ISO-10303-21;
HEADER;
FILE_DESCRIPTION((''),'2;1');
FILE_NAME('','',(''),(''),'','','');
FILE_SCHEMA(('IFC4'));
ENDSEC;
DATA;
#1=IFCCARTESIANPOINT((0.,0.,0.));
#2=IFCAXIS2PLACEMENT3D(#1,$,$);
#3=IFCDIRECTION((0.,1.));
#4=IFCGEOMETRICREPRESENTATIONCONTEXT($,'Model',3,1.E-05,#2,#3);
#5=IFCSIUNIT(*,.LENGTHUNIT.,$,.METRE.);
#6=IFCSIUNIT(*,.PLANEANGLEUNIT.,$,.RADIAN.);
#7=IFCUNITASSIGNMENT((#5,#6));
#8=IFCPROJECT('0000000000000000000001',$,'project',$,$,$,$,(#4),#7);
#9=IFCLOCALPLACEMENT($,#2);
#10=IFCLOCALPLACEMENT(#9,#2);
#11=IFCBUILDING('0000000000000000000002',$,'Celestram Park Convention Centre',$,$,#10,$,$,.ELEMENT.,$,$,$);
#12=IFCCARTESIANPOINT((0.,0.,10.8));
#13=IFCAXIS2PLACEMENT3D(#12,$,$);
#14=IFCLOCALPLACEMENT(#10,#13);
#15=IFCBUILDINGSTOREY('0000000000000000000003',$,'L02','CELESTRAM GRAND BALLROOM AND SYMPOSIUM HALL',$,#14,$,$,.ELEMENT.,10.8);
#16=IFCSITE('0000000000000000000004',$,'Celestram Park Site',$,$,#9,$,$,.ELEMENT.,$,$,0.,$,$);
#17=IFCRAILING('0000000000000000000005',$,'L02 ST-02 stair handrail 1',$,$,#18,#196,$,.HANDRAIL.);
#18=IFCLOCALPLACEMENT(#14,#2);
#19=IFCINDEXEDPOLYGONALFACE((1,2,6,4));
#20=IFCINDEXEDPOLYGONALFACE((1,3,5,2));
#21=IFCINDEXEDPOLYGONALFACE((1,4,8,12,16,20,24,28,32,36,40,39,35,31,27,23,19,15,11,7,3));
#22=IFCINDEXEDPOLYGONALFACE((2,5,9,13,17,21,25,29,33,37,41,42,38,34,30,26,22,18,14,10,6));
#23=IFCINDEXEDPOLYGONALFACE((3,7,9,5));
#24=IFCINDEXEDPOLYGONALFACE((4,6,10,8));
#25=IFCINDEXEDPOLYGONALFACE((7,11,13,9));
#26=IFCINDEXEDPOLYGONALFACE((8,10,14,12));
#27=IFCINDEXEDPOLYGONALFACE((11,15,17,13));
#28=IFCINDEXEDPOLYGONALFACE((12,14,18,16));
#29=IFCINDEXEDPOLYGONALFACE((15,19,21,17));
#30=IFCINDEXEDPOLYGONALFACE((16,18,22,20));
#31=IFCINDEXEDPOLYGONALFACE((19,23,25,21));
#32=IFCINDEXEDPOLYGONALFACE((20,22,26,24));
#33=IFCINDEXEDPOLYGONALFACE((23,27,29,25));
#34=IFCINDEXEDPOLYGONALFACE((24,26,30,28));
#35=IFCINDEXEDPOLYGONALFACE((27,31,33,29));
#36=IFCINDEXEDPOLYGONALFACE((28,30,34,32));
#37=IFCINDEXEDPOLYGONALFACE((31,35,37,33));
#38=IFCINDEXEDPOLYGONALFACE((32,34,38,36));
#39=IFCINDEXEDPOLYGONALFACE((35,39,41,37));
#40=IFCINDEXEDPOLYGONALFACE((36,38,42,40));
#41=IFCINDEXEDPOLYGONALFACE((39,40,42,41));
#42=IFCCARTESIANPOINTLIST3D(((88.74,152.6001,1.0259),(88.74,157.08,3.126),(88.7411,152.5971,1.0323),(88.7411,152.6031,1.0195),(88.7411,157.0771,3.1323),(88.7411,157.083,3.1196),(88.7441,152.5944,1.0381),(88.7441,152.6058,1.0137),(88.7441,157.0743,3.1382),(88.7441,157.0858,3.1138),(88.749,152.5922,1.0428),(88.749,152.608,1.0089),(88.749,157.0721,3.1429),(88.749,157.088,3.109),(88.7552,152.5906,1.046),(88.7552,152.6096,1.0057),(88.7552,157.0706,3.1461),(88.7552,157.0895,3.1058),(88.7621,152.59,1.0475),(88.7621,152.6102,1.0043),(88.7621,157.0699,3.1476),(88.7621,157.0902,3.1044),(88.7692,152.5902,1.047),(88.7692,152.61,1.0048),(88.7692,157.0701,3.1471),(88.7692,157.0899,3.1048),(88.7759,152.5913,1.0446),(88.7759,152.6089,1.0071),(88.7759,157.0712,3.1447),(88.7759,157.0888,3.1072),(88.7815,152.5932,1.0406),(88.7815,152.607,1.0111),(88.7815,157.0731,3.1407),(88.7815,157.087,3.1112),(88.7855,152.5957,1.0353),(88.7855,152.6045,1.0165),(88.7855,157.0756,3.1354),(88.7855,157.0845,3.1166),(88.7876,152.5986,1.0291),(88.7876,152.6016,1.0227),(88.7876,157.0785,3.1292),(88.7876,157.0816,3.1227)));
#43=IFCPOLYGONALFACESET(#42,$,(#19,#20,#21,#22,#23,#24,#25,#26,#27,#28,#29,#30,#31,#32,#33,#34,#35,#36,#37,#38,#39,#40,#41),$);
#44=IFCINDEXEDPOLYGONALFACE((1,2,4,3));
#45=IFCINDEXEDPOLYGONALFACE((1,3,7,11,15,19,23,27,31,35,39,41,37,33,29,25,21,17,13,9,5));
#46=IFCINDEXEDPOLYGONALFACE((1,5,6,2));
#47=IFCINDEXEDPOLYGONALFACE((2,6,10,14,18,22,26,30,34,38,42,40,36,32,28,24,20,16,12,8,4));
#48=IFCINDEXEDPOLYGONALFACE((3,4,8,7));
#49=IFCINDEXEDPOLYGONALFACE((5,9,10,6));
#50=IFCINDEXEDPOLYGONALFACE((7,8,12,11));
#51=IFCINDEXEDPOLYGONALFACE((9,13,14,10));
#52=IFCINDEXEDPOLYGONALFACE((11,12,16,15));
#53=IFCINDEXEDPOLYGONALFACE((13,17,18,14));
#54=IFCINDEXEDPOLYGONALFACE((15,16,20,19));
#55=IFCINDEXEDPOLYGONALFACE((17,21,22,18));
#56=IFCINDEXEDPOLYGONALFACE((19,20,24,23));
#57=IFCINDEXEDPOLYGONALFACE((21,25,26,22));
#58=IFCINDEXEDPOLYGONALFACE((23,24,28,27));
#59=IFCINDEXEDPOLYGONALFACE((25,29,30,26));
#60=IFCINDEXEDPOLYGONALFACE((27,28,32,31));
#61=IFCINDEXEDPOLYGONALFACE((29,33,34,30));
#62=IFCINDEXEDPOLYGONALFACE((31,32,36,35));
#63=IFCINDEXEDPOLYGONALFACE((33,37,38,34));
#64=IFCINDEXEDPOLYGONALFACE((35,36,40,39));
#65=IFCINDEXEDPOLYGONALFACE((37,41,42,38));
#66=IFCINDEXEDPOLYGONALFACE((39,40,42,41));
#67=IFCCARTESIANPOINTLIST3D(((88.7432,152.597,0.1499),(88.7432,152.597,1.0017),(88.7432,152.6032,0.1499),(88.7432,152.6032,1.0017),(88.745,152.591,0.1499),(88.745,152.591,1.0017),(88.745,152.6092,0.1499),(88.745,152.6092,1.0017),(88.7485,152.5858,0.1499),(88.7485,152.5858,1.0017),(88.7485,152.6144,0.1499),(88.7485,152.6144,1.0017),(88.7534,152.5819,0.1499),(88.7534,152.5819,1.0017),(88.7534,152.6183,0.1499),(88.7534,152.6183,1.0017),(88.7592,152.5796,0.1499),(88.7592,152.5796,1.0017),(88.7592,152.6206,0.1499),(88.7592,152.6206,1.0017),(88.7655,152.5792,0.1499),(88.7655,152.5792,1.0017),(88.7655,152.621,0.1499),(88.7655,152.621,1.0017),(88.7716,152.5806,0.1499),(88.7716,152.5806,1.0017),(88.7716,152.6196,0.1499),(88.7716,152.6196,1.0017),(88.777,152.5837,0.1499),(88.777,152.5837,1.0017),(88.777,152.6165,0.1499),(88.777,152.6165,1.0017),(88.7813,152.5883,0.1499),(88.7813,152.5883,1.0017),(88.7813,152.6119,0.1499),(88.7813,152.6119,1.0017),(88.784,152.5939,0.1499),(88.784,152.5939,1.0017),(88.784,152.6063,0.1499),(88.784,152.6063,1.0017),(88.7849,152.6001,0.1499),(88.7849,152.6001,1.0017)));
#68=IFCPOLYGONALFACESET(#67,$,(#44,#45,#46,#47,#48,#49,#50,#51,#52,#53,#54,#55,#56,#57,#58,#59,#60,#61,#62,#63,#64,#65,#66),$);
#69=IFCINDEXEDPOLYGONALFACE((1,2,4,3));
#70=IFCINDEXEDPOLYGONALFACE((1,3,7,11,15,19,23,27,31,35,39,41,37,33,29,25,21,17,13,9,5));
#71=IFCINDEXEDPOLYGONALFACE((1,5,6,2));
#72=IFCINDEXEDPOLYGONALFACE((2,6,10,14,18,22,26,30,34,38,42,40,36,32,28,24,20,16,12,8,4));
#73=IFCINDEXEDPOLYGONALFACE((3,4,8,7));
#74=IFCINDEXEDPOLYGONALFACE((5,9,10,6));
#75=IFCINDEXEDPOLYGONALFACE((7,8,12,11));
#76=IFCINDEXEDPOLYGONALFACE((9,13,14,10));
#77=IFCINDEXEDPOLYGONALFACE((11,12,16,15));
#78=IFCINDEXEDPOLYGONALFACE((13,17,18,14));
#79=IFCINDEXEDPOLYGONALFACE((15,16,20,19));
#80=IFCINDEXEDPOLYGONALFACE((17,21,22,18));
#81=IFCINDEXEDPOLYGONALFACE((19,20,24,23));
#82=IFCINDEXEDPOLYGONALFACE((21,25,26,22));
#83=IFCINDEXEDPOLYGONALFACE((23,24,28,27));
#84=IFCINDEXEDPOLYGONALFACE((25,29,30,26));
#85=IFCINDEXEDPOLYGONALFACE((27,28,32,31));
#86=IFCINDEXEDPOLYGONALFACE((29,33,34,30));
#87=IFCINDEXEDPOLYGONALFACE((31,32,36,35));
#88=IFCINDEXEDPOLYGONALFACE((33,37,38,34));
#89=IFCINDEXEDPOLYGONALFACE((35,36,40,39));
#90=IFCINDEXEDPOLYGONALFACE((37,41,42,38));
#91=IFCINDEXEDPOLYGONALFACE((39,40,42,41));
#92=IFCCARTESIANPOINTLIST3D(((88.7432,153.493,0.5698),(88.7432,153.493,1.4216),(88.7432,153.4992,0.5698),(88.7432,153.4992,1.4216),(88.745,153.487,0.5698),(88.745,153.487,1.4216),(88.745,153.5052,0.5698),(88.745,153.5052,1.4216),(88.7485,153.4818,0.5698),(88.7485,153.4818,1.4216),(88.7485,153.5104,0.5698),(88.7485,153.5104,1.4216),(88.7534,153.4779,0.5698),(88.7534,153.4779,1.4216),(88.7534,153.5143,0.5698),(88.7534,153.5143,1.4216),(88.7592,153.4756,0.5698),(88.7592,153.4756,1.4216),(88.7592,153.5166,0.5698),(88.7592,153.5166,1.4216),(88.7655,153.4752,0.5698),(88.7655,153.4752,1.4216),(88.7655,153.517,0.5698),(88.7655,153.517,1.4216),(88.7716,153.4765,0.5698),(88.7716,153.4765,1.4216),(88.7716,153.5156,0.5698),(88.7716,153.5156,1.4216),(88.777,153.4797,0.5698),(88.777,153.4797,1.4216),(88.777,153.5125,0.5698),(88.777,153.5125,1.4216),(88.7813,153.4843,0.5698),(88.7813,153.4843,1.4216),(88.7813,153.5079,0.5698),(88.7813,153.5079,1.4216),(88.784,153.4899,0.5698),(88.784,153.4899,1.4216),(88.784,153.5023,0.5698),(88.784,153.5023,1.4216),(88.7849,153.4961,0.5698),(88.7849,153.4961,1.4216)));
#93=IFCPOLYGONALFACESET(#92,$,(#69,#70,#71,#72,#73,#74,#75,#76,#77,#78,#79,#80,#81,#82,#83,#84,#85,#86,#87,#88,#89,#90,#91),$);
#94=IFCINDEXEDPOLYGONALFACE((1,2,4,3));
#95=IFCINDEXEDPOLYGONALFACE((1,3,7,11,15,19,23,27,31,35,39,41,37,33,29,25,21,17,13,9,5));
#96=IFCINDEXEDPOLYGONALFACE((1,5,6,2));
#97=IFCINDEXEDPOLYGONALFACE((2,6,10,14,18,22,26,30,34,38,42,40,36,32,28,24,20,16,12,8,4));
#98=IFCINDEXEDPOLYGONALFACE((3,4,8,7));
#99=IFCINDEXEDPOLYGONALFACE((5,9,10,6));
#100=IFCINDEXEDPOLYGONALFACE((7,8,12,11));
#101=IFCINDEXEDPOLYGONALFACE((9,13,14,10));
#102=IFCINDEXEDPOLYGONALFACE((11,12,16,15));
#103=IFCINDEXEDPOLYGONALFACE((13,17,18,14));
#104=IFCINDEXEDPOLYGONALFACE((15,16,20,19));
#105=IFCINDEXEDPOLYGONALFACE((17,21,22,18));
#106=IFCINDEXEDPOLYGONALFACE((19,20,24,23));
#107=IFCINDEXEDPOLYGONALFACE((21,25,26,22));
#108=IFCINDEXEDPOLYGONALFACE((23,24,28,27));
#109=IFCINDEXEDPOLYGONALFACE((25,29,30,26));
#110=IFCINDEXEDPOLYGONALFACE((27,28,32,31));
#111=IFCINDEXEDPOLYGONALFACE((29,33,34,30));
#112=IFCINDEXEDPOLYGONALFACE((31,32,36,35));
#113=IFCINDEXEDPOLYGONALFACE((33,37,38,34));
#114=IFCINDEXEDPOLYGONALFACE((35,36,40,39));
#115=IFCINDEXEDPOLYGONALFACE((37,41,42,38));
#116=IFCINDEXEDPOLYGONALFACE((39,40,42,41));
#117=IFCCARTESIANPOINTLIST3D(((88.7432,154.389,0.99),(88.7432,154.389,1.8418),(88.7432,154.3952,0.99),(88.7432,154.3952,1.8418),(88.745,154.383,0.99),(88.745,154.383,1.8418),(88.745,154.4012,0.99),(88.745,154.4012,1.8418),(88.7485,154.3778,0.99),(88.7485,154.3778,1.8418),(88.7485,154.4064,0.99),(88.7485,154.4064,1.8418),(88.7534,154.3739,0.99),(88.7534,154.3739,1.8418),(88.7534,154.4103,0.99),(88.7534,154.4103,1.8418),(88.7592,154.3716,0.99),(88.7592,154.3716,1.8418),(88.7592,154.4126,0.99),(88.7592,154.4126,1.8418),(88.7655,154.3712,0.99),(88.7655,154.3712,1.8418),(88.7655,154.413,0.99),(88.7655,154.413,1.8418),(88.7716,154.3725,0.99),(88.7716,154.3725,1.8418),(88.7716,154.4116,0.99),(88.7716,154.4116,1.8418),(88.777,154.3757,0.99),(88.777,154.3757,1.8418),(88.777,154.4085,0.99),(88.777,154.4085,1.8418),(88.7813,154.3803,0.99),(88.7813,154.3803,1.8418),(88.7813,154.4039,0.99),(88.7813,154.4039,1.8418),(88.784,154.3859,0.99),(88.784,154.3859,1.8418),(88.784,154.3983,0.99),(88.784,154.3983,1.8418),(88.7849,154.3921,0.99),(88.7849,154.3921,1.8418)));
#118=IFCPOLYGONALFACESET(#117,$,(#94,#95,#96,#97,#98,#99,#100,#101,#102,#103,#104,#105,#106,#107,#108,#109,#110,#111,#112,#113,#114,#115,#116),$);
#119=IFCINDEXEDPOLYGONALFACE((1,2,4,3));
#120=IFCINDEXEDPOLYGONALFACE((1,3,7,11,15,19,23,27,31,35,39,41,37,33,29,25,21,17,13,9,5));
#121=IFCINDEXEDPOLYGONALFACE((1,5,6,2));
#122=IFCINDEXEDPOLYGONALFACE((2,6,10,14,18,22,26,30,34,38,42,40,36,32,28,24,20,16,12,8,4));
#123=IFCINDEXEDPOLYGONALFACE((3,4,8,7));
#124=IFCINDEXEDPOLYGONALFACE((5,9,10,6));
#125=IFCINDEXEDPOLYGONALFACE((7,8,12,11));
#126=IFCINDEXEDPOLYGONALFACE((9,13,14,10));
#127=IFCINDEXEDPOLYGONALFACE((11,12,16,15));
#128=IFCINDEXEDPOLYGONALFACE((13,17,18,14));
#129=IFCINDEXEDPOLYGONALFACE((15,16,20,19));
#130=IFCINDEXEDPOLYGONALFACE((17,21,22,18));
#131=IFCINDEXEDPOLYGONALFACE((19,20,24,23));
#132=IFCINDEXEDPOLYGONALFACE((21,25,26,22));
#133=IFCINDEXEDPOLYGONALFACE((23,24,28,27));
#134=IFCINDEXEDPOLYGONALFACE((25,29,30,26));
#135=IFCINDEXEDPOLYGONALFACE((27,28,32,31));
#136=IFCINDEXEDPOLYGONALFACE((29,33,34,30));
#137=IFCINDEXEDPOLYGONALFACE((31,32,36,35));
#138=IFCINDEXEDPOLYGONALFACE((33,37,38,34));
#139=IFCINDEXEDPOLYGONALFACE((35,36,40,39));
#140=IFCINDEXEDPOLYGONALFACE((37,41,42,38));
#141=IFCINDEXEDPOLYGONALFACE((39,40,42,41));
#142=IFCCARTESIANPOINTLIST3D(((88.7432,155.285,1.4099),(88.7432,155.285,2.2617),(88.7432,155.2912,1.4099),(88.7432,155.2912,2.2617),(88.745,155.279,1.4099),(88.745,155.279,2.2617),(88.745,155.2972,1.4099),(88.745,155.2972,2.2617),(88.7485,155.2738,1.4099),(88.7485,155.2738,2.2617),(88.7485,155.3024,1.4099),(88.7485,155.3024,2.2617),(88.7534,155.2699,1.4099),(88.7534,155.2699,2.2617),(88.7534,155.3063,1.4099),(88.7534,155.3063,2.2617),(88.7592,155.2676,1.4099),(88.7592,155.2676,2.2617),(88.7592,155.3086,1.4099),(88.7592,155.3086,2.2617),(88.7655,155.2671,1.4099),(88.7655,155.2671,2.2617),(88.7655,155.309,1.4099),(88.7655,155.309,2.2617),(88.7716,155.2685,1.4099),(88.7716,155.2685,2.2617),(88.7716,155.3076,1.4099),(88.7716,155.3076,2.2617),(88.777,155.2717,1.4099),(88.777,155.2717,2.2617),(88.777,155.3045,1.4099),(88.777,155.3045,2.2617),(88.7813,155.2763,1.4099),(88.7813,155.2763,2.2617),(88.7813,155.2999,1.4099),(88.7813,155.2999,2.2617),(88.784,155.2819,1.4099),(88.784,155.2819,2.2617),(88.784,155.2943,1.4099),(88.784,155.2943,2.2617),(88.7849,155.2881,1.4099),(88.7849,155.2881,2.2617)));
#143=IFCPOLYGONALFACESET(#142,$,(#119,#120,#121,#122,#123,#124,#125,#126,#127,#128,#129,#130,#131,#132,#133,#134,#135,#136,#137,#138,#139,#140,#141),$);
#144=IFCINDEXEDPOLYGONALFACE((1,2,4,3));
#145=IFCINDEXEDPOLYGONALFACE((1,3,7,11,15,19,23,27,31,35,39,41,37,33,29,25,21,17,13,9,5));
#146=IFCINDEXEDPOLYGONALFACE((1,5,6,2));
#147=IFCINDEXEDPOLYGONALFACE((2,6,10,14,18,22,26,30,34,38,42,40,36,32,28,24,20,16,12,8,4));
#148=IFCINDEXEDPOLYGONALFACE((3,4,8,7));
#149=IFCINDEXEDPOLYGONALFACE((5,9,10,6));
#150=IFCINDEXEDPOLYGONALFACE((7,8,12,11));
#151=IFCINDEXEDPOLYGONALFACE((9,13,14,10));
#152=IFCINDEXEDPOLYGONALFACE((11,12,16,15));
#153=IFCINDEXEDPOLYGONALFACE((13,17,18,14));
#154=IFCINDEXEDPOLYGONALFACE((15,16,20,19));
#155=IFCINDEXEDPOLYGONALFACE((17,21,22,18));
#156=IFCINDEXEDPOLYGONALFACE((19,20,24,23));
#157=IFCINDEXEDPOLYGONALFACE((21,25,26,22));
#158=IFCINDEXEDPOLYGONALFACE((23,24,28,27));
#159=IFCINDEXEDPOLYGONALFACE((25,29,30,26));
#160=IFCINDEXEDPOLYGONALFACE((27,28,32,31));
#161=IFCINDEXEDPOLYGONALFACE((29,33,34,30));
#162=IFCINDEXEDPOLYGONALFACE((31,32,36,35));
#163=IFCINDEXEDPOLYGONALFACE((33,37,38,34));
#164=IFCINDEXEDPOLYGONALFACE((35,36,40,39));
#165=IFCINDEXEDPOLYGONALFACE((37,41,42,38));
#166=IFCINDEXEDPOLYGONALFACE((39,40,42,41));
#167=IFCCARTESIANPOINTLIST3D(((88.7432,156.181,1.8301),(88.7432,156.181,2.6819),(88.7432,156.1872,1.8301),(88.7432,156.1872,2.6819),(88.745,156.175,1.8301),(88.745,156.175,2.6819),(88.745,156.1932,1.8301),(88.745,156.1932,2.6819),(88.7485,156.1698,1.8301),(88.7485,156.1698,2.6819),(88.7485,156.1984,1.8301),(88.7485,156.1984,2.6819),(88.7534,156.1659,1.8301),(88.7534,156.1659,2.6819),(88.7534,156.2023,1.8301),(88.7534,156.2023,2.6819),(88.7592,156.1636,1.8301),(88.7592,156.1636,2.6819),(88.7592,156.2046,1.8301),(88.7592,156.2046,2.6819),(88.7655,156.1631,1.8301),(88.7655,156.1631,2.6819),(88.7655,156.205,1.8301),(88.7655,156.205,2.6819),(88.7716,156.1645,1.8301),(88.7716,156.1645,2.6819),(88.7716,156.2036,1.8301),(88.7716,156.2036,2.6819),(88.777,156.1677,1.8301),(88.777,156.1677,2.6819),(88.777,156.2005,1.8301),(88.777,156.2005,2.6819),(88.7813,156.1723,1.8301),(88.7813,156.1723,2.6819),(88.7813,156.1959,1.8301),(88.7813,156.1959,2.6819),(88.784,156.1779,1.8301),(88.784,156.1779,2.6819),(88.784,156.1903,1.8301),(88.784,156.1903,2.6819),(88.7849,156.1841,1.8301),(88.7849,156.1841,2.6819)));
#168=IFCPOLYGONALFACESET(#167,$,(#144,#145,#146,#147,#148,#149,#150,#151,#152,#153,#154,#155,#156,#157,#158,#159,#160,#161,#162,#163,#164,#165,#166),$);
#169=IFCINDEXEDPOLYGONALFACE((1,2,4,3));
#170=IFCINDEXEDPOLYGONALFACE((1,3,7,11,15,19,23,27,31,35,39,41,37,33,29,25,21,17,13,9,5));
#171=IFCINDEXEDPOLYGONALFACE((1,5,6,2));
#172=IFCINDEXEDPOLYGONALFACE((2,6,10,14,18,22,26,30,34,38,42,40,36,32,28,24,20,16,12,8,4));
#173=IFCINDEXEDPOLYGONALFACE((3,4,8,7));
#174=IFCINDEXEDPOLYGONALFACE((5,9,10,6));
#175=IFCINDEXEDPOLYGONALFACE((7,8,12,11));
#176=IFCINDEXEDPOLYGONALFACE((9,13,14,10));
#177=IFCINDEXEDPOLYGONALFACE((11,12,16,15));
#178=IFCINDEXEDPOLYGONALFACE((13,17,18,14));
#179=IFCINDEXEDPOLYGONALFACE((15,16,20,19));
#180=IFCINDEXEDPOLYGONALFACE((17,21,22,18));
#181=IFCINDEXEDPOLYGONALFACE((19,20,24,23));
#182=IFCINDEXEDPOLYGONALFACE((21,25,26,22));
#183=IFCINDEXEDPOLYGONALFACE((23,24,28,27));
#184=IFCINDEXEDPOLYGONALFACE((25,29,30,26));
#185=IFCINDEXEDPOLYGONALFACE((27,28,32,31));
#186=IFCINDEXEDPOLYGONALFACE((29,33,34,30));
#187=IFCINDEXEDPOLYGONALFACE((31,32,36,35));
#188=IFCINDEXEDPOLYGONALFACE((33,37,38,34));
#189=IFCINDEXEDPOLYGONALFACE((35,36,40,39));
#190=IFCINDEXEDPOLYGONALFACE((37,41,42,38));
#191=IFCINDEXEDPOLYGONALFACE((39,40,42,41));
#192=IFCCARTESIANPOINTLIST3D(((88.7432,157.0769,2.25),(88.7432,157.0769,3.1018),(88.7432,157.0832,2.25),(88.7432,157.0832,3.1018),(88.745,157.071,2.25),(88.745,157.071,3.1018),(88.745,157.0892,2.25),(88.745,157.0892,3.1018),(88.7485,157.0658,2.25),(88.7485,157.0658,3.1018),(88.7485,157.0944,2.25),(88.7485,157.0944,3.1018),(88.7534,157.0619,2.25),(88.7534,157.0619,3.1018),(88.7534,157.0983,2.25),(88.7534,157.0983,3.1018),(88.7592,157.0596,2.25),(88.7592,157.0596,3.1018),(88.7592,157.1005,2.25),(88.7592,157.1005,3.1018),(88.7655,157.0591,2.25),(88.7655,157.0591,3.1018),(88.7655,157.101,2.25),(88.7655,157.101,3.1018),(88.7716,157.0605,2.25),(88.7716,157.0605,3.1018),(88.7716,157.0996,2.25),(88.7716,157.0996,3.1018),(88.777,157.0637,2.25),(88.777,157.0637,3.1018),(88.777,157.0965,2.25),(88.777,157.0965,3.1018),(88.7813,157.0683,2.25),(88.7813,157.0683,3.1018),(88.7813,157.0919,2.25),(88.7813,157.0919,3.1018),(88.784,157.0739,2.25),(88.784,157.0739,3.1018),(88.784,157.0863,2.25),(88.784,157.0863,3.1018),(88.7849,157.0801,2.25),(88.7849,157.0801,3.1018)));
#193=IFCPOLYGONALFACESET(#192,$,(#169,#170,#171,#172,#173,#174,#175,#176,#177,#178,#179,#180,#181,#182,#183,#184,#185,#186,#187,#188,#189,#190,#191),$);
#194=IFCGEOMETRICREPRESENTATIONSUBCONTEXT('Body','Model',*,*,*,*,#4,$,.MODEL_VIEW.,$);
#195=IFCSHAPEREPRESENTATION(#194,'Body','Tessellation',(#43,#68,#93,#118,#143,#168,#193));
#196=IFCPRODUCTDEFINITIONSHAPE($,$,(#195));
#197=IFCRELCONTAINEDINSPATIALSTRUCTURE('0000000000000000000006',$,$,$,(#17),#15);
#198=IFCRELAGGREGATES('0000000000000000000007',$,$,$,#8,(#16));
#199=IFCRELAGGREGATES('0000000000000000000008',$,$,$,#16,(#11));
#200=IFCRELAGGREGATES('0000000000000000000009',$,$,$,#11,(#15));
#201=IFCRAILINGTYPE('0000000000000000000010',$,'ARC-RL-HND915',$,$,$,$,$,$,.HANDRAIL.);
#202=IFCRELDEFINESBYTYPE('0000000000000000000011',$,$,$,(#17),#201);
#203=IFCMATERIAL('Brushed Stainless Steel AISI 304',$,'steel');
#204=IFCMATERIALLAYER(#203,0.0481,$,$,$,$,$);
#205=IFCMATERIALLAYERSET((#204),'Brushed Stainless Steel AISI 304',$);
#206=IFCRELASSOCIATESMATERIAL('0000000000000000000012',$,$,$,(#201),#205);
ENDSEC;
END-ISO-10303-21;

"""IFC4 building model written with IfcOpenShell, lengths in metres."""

from ifc_helpers import new_model, si_unit, direction, frame, origin, origin_2d, place, context, subcontext, project, spatial, circle, extrude, material, layer, layer_set, type_object, element, save


model = new_model("IFC4")

# Units and contexts
model_context = context("Model", 3, precision=1e-05, world=origin(), true_north=direction((0.0, 1.0)))
body_context = subcontext(model_context, "Body", "Model", "MODEL_VIEW")
ifc_project = project(units=[si_unit("LENGTHUNIT", "METRE"), si_unit("PLANEANGLEUNIT", "RADIAN")], contexts=[model_context])

# Site, building, storey
site_placement = place(None, origin())
site = spatial("IfcSite", under=ifc_project, at=site_placement, Name="Celestram Park Site", CompositionType="ELEMENT", RefElevation=0.0)
building_placement = place(site_placement, origin())
building = spatial("IfcBuilding", under=site, at=building_placement, Name="Celestram Park Convention Centre", CompositionType="ELEMENT")
storey_placement = place(building_placement, frame((0.0, 0.0, 10.8)))
storey = spatial("IfcBuildingStorey", under=building, at=storey_placement, Name="L02", Description="CELESTRAM GRAND BALLROOM AND SYMPOSIUM HALL", CompositionType="ELEMENT", Elevation=10.8)

# Railing
ifc_material_1 = material(Name="Brushed Stainless Steel AISI 304", Category="steel")
ifc_layer_1 = layer(ifc_material_1, 0.0481)
ifc_layer_set_1 = layer_set([ifc_layer_1], Name="Brushed Stainless Steel AISI 304")
railing_type_1 = type_object("IfcRailingType", Name="ARC-RL-HND915", PredefinedType="HANDRAIL", material=ifc_layer_set_1)
railing_1_placement = place(storey_placement, frame((88.7639, 152.6001, 0.1499)))
element("IfcRailing", 1, at=railing_1_placement, inside=storey, type_object=railing_type_1, Name="L02 ST-02 stair handrail 1", PredefinedType="HANDRAIL", context=body_context, shape_type="SweptSolid", body=[
    extrude(circle(Radius=0.0239, at=origin_2d()), frame((0.0, 0.0, 0.876), z_axis=(0.0, 0.905451, 0.424452), x_axis=(-1.0, 0.0, 0.0)), (0.0, 0.0, 1.0), 4.9478),
    extrude(circle(Radius=0.021, at=origin_2d()), origin(), (0.0, 0.0, 1.0), 0.8518),
    extrude(circle(Radius=0.021, at=origin_2d()), frame((0.0, 0.896, 0.4199)), (0.0, 0.0, 1.0), 0.8518),
    extrude(circle(Radius=0.021, at=origin_2d()), frame((0.0, 1.792, 0.8401)), (0.0, 0.0, 1.0), 0.8518),
    extrude(circle(Radius=0.021, at=origin_2d()), frame((0.0, 2.688, 1.26)), (0.0, 0.0, 1.0), 0.8518),
    extrude(circle(Radius=0.021, at=origin_2d()), frame((0.0, 3.584, 1.6802)), (0.0, 0.0, 1.0), 0.8518),
    extrude(circle(Radius=0.021, at=origin_2d()), frame((0.0, 4.48, 2.1001)), (0.0, 0.0, 1.0), 0.8518),
])

save(model, "model.ifc")
